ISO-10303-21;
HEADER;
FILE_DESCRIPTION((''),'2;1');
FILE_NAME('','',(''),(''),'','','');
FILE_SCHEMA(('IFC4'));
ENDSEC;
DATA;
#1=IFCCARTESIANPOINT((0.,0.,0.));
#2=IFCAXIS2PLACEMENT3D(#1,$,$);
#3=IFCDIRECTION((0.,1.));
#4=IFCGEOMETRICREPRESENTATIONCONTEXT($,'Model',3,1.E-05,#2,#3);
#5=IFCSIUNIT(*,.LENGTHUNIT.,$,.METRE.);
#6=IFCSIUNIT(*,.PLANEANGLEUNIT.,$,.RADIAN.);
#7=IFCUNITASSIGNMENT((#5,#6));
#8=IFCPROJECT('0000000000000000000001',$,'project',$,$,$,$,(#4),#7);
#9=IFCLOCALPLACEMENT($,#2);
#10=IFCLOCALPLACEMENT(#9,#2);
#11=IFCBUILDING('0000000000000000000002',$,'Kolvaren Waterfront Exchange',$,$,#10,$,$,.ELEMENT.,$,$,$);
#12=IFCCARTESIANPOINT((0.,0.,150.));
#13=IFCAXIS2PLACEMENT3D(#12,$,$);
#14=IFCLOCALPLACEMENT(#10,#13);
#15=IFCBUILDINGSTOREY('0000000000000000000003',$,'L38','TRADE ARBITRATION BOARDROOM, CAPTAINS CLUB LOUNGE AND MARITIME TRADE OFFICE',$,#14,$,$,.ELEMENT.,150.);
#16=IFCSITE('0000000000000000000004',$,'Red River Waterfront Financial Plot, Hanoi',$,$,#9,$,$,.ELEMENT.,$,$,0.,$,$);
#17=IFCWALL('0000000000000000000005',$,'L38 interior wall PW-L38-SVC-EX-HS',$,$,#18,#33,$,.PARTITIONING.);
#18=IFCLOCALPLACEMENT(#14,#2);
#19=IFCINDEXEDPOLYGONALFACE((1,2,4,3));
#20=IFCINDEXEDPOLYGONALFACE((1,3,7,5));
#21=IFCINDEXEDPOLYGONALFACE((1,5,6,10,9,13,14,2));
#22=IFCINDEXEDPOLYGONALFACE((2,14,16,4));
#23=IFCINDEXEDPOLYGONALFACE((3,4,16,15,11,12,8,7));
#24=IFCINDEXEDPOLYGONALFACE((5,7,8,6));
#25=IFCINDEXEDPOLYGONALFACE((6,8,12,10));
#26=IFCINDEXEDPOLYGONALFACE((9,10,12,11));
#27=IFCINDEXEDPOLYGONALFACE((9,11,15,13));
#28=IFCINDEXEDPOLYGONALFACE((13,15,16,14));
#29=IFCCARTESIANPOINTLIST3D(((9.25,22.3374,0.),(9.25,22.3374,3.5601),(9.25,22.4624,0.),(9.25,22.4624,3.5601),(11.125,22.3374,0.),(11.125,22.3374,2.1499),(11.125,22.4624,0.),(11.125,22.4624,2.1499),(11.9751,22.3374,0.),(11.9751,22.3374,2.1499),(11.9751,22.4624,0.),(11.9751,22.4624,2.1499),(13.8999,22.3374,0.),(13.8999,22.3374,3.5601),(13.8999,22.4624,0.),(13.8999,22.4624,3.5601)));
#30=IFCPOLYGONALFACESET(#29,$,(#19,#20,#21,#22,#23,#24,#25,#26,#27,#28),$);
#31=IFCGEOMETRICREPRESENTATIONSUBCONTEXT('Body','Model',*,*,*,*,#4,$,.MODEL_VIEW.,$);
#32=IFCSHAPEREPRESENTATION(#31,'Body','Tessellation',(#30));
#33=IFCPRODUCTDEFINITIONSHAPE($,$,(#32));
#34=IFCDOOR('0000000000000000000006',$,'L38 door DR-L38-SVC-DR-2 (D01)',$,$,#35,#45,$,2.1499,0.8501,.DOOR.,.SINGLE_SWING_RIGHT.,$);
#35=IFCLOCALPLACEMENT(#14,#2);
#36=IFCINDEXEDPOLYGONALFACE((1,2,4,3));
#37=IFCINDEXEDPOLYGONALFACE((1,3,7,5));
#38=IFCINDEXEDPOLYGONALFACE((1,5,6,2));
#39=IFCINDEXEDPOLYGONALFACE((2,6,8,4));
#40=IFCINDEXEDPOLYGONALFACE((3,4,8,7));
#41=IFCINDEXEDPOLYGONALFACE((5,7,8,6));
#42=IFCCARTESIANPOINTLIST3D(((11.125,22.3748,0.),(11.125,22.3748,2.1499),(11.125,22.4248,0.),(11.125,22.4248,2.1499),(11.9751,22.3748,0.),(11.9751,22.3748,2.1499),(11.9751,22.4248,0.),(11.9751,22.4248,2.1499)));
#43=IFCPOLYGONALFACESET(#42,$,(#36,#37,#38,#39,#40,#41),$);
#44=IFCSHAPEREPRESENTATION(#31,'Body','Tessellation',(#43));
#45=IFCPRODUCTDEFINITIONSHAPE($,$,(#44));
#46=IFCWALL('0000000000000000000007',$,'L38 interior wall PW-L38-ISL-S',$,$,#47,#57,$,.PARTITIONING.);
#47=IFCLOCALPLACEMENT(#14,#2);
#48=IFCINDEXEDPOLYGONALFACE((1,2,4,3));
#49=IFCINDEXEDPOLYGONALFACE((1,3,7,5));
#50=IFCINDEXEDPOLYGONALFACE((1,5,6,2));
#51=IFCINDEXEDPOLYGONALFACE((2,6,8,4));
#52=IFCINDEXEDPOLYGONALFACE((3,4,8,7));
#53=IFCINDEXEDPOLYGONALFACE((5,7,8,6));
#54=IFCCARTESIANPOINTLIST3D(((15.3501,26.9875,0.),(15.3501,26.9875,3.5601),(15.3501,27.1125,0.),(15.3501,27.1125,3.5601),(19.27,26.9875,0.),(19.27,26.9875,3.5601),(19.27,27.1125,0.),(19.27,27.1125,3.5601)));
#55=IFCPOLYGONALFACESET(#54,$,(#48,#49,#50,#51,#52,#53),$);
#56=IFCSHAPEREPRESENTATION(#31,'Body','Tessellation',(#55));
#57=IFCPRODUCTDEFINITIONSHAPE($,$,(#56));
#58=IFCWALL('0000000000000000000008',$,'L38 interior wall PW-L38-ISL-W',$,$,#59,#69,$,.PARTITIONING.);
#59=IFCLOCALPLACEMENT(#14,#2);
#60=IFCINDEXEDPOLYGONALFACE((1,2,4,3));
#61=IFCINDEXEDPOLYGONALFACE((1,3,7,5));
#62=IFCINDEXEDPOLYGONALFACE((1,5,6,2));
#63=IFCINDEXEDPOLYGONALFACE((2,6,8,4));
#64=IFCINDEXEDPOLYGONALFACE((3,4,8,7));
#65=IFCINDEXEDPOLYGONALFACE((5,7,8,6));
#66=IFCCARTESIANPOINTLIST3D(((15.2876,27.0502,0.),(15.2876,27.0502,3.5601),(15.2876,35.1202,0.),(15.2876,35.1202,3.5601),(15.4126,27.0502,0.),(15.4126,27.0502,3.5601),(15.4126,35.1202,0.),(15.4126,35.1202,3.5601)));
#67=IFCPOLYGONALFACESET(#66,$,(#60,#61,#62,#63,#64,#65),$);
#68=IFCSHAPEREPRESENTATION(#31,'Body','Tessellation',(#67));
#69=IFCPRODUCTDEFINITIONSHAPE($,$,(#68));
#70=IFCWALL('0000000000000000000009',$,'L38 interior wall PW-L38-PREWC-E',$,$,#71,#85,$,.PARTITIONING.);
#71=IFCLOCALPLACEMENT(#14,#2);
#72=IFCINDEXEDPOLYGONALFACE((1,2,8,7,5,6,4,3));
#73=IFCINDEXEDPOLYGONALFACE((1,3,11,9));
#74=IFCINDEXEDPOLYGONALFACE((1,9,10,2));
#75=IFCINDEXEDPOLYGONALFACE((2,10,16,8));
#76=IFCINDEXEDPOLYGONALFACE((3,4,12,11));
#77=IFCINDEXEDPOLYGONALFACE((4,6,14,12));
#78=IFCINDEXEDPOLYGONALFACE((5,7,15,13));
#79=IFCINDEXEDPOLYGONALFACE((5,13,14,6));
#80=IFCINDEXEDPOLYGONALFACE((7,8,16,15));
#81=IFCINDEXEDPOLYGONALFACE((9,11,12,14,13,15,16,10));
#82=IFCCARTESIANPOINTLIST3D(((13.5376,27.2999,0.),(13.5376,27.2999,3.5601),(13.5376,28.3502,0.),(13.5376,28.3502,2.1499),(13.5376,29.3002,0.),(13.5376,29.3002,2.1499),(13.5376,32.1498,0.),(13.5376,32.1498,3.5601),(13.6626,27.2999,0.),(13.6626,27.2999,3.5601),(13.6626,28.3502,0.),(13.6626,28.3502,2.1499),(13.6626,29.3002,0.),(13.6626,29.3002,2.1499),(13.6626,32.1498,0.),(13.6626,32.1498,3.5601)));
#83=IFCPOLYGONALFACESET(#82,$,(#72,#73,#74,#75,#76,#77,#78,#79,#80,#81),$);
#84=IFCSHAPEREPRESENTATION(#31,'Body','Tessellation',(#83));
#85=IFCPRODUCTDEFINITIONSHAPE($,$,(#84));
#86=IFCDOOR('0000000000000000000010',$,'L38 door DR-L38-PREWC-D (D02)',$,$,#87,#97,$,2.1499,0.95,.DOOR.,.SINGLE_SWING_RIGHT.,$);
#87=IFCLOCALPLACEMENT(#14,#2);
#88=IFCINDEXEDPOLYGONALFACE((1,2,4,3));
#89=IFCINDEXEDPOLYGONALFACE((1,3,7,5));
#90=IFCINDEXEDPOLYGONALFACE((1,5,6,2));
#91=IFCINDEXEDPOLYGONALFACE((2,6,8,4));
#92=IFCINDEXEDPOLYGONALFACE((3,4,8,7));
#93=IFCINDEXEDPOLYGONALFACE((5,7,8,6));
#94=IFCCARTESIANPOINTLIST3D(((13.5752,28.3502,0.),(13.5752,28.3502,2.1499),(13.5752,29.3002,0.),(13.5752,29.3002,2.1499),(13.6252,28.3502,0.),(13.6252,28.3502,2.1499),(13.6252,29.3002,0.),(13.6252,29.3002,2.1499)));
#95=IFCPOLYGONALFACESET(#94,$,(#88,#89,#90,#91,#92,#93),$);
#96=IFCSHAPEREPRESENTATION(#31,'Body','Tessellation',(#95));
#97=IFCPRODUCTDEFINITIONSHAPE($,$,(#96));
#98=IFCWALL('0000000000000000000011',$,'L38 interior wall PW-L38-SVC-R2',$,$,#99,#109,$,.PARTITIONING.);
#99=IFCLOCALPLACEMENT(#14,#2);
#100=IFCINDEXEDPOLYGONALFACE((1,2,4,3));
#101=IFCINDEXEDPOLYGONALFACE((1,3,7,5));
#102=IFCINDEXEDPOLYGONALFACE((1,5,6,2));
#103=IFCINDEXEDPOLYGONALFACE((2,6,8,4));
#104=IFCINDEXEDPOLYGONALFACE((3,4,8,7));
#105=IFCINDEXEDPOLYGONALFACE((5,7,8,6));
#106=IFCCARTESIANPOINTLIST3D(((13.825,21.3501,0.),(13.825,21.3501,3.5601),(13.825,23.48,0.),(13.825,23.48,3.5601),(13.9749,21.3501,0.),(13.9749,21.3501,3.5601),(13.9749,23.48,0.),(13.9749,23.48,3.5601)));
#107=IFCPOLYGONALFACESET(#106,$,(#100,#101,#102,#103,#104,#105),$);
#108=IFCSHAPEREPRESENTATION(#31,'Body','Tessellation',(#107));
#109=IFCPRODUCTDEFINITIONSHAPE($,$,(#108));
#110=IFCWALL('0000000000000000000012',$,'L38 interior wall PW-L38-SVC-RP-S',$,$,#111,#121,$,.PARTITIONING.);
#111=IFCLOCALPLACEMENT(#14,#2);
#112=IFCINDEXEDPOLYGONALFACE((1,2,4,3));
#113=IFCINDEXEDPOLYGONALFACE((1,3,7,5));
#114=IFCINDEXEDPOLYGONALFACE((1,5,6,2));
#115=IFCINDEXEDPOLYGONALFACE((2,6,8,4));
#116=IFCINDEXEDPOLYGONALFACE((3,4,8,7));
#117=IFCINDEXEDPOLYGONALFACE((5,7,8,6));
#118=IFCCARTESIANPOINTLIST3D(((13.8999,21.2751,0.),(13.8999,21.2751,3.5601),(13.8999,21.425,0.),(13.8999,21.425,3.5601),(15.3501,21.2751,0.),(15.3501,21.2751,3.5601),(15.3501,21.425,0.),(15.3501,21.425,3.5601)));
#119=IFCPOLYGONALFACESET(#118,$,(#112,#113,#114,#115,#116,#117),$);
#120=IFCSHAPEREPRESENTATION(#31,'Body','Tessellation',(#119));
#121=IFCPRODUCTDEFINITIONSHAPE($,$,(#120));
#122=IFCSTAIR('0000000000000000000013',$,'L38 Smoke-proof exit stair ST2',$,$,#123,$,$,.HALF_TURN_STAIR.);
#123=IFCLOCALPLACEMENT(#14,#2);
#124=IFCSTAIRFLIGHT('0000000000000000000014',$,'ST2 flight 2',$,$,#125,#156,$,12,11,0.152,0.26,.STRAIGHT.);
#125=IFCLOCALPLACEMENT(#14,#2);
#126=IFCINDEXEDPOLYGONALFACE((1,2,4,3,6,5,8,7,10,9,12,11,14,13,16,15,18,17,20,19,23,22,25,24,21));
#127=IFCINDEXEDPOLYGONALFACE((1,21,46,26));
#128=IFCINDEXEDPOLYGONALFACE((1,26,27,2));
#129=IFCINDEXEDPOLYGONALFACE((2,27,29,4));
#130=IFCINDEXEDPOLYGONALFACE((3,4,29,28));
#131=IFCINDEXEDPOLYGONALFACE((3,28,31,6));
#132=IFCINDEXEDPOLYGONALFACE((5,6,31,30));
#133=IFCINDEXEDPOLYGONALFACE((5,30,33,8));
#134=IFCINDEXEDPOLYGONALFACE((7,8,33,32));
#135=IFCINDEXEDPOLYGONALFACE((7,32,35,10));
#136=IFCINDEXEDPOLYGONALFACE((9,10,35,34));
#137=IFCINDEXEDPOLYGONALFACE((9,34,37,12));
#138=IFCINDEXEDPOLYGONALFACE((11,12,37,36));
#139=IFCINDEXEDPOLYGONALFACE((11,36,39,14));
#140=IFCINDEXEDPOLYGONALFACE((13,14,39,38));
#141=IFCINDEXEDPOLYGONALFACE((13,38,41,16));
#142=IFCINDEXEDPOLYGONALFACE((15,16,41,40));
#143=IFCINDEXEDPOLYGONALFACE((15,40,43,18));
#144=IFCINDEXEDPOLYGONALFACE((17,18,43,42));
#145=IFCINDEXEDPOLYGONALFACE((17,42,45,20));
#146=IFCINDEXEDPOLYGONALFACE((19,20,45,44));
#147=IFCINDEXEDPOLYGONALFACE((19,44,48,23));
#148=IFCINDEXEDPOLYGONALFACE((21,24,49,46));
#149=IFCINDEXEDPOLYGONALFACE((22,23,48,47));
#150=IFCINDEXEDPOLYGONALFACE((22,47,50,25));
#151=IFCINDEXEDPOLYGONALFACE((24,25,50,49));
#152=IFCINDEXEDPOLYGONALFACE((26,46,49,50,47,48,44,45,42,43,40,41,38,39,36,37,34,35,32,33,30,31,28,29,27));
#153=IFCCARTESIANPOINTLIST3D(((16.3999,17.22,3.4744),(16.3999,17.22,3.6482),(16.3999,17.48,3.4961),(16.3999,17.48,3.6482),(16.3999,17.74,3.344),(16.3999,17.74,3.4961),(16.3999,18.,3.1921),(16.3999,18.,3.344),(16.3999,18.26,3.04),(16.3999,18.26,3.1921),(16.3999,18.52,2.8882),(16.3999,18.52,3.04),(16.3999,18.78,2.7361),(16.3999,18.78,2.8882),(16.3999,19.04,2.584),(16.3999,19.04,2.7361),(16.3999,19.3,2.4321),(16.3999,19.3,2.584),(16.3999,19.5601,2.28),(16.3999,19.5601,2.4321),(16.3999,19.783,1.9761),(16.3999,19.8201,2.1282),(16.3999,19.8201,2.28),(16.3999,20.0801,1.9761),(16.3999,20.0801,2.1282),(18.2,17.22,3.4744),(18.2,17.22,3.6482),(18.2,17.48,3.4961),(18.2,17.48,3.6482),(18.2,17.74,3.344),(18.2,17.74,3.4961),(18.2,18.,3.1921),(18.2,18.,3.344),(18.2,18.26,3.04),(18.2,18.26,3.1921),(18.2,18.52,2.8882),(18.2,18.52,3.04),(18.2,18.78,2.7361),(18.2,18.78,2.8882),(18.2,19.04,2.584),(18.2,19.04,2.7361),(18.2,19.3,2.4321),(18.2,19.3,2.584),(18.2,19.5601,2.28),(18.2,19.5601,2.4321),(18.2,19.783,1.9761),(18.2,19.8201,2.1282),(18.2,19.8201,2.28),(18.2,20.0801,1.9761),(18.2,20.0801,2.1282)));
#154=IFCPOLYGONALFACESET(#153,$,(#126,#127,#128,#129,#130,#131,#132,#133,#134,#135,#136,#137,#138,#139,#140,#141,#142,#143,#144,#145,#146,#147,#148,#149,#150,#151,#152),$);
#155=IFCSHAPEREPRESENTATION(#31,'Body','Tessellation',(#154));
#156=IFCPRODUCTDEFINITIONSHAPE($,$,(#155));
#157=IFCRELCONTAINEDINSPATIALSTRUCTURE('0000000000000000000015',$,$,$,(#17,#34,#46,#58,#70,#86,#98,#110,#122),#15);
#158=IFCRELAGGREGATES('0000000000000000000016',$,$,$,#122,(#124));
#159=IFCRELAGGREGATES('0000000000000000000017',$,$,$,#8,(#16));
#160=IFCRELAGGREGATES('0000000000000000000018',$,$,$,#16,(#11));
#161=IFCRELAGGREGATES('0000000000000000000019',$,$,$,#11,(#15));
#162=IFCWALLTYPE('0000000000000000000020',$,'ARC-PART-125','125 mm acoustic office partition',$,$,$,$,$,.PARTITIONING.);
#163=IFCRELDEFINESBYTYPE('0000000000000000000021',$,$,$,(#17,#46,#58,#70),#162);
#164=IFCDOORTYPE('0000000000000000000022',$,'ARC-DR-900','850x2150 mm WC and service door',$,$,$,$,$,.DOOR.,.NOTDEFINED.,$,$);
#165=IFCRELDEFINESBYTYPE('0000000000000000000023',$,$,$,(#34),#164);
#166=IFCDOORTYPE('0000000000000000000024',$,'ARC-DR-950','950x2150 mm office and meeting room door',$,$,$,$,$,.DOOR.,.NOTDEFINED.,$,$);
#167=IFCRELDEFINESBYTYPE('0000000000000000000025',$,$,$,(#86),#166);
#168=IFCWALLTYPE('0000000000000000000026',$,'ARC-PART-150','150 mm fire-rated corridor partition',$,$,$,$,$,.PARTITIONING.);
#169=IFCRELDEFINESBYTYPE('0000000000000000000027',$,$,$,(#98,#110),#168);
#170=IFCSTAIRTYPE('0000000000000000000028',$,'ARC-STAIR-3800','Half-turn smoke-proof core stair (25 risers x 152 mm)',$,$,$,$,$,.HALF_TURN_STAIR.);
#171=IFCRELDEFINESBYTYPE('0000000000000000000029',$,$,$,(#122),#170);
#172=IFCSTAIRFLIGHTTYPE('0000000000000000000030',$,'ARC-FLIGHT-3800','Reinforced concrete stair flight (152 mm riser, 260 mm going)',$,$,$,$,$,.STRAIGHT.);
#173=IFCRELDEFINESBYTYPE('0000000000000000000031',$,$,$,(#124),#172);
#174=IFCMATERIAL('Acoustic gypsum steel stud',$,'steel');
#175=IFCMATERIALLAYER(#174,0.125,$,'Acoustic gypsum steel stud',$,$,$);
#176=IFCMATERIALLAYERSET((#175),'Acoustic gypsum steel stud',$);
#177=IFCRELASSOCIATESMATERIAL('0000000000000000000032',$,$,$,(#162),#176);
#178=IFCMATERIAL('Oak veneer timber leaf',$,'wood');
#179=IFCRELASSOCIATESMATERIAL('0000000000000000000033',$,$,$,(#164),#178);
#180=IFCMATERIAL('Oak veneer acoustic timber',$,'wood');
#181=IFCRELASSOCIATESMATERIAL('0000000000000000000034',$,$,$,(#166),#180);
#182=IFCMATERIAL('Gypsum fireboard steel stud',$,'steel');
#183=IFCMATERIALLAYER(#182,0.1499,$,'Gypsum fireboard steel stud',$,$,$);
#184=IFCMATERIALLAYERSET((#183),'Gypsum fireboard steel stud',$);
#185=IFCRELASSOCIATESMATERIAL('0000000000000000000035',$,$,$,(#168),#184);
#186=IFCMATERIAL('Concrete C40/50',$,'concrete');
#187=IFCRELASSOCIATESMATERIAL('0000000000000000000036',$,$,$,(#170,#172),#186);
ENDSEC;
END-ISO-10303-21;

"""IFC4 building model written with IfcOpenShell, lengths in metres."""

from ifc_helpers import new_model, si_unit, direction, frame, frame_2d, origin, place, context, subcontext, project, spatial, polyline, rectangle, outline, extrude, material, layer, layer_set, type_object, element, fill, aggregate, save


model = new_model("IFC4")

# Units and contexts
model_context = context("Model", 3, precision=1e-05, world=origin(), true_north=direction((0.0, 1.0)))
body_context = subcontext(model_context, "Body", "Model", "MODEL_VIEW")
ifc_project = project(units=[si_unit("LENGTHUNIT", "METRE"), si_unit("PLANEANGLEUNIT", "RADIAN")], contexts=[model_context])

# Site, building, storey
site_placement = place(None, origin())
site = spatial("IfcSite", under=ifc_project, at=site_placement, Name="Red River Waterfront Financial Plot, Hanoi", CompositionType="ELEMENT", RefElevation=0.0)
building_placement = place(site_placement, origin())
building = spatial("IfcBuilding", under=site, at=building_placement, Name="Kolvaren Waterfront Exchange", CompositionType="ELEMENT")
storey_placement = place(building_placement, frame((0.0, 0.0, 150.0)))
storey = spatial("IfcBuildingStorey", under=building, at=storey_placement, Name="L38", Description="TRADE ARBITRATION BOARDROOM, CAPTAINS CLUB LOUNGE AND MARITIME TRADE OFFICE", CompositionType="ELEMENT", Elevation=150.0)

# Wall, opening, door
ifc_material_1 = material(Name="Acoustic gypsum steel stud", Category="steel")
ifc_layer_1 = layer(ifc_material_1, 0.125, Name="Acoustic gypsum steel stud")
ifc_layer_set_1 = layer_set([ifc_layer_1], Name="Acoustic gypsum steel stud")
wall_type_1 = type_object("IfcWallType", Name="ARC-PART-125", Description="125 mm acoustic office partition", PredefinedType="PARTITIONING", material=ifc_layer_set_1)
wall_1_placement = place(storey_placement, frame((9.25, 22.3999, 0.0), z_axis=(0.0, 0.0, 1.0), x_axis=(1.0, 0.0, 0.0)))
wall_1 = element("IfcWall", 1, at=wall_1_placement, inside=storey, type_object=wall_type_1, Name="L38 interior wall PW-L38-SVC-EX-HS", PredefinedType="PARTITIONING", context=body_context, shape_type="SweptSolid", body=[
    extrude(rectangle(XDim=4.6499, YDim=0.125, at=frame_2d((2.325, 0.0))), origin(), (0.0, 0.0, 1.0), 3.5601),
])
opening_1_placement = place(wall_1_placement, frame((1.875, 0.0, 0.0)))
opening_1 = element("IfcOpeningElement", 2, at=opening_1_placement, cuts=wall_1, PredefinedType="OPENING", context=body_context, shape_type="SweptSolid", body=[
    extrude(rectangle(XDim=0.8501, YDim=2.1499, at=frame_2d((0.425, 1.075))), frame((0.0, 0.0725, 0.0), z_axis=(0.0, -1.0, 0.0), x_axis=(1.0, 0.0, 0.0)), (0.0, 0.0, 1.0), 0.145),
])
ifc_material_2 = material(Name="Oak veneer timber leaf", Category="wood")
door_type_1 = type_object("IfcDoorType", Name="ARC-DR-900", Description="850x2150 mm WC and service door", OperationType="NOTDEFINED", PredefinedType="DOOR", material=ifc_material_2)
door_1_placement = place(opening_1_placement, origin())
door_1 = element("IfcDoor", 3, at=door_1_placement, inside=storey, type_object=door_type_1, Name="L38 door DR-L38-SVC-DR-2 (D01)", OperationType="SINGLE_SWING_RIGHT", OverallHeight=2.1499, OverallWidth=0.8501, PredefinedType="DOOR", context=body_context, shape_type="SweptSolid", body=[
    extrude(rectangle(XDim=0.8501, YDim=2.1499, at=frame_2d((0.425, 1.075))), frame((0.0, 0.0249, 0.0), z_axis=(0.0, -1.0, 0.0), x_axis=(1.0, 0.0, 0.0)), (0.0, 0.0, 1.0), 0.05),
])
fill(opening_1, door_1)

# Walls
wall_2_placement = place(storey_placement, frame((15.3501, 27.05, 0.0), z_axis=(0.0, 0.0, 1.0), x_axis=(1.0, 0.0, 0.0)))
element("IfcWall", 4, at=wall_2_placement, inside=storey, type_object=wall_type_1, Name="L38 interior wall PW-L38-ISL-S", PredefinedType="PARTITIONING", context=body_context, shape_type="SweptSolid", body=[
    extrude(rectangle(XDim=3.9199, YDim=0.125, at=frame_2d((1.96, 0.0))), origin(), (0.0, 0.0, 1.0), 3.5601),
])
wall_3_placement = place(storey_placement, frame((15.3501, 27.05, 0.0), z_axis=(0.0, 0.0, 1.0), x_axis=(0.0, 1.0, 0.0)))
element("IfcWall", 5, at=wall_3_placement, inside=storey, type_object=wall_type_1, Name="L38 interior wall PW-L38-ISL-W", PredefinedType="PARTITIONING", context=body_context, shape_type="SweptSolid", body=[
    extrude(rectangle(XDim=8.0701, YDim=0.125, at=frame_2d((4.0352, 0.0))), origin(), (0.0, 0.0, 1.0), 3.5601),
])

# Wall, opening, door
wall_4_placement = place(storey_placement, frame((13.6001, 27.3, 0.0), z_axis=(0.0, 0.0, 1.0), x_axis=(0.0, 1.0, 0.0)))
wall_4 = element("IfcWall", 6, at=wall_4_placement, inside=storey, type_object=wall_type_1, Name="L38 interior wall PW-L38-PREWC-E", PredefinedType="PARTITIONING", context=body_context, shape_type="SweptSolid", body=[
    extrude(rectangle(XDim=4.8499, YDim=0.125, at=frame_2d((2.4248, 0.0))), origin(), (0.0, 0.0, 1.0), 3.5601),
])
opening_2_placement = place(wall_4_placement, frame((1.05, 0.0, 0.0)))
opening_2 = element("IfcOpeningElement", 7, at=opening_2_placement, cuts=wall_4, PredefinedType="OPENING", context=body_context, shape_type="SweptSolid", body=[
    extrude(rectangle(XDim=0.95, YDim=2.1499, at=frame_2d((0.4751, 1.075))), frame((0.0, 0.0725, 0.0), z_axis=(0.0, -1.0, 0.0), x_axis=(1.0, 0.0, 0.0)), (0.0, 0.0, 1.0), 0.145),
])
ifc_material_3 = material(Name="Oak veneer acoustic timber", Category="wood")
door_type_2 = type_object("IfcDoorType", Name="ARC-DR-950", Description="950x2150 mm office and meeting room door", OperationType="NOTDEFINED", PredefinedType="DOOR", material=ifc_material_3)
door_2_placement = place(opening_2_placement, origin())
door_2 = element("IfcDoor", 8, at=door_2_placement, inside=storey, type_object=door_type_2, Name="L38 door DR-L38-PREWC-D (D02)", OperationType="SINGLE_SWING_RIGHT", OverallHeight=2.1499, OverallWidth=0.95, PredefinedType="DOOR", context=body_context, shape_type="SweptSolid", body=[
    extrude(rectangle(XDim=0.95, YDim=2.1499, at=frame_2d((0.4751, 1.075))), frame((0.0, 0.0249, 0.0), z_axis=(0.0, -1.0, 0.0), x_axis=(1.0, 0.0, 0.0)), (0.0, 0.0, 1.0), 0.05),
])
fill(opening_2, door_2)

# Walls
ifc_material_4 = material(Name="Gypsum fireboard steel stud", Category="steel")
ifc_layer_2 = layer(ifc_material_4, 0.1499, Name="Gypsum fireboard steel stud")
ifc_layer_set_2 = layer_set([ifc_layer_2], Name="Gypsum fireboard steel stud")
wall_type_2 = type_object("IfcWallType", Name="ARC-PART-150", Description="150 mm fire-rated corridor partition", PredefinedType="PARTITIONING", material=ifc_layer_set_2)
wall_5_placement = place(storey_placement, frame((13.8999, 21.3501, 0.0), z_axis=(0.0, 0.0, 1.0), x_axis=(0.0, 1.0, 0.0)))
element("IfcWall", 9, at=wall_5_placement, inside=storey, type_object=wall_type_2, Name="L38 interior wall PW-L38-SVC-R2", PredefinedType="PARTITIONING", context=body_context, shape_type="SweptSolid", body=[
    extrude(rectangle(XDim=2.1299, YDim=0.1499, at=frame_2d((1.0649, 0.0))), origin(), (0.0, 0.0, 1.0), 3.5601),
])
wall_6_placement = place(storey_placement, frame((13.8999, 21.3501, 0.0), z_axis=(0.0, 0.0, 1.0), x_axis=(1.0, 0.0, 0.0)))
element("IfcWall", 10, at=wall_6_placement, inside=storey, type_object=wall_type_2, Name="L38 interior wall PW-L38-SVC-RP-S", PredefinedType="PARTITIONING", context=body_context, shape_type="SweptSolid", body=[
    extrude(rectangle(XDim=1.4502, YDim=0.1499, at=frame_2d((0.7251, 0.0))), origin(), (0.0, 0.0, 1.0), 3.5601),
])

# Stair, stair flight
ifc_material_5 = material(Name="Concrete C40/50", Category="concrete")
stair_type = type_object("IfcStairType", Name="ARC-STAIR-3800", Description="Half-turn smoke-proof core stair (25 risers x 152 mm)", PredefinedType="HALF_TURN_STAIR", material=ifc_material_5)
stair_placement = place(storey_placement, origin())
stair = element("IfcStair", 11, at=stair_placement, inside=storey, type_object=stair_type, Name="L38 Smoke-proof exit stair ST2", PredefinedType="HALF_TURN_STAIR")
stair_flight_type = type_object("IfcStairFlightType", Name="ARC-FLIGHT-3800", Description="Reinforced concrete stair flight (152 mm riser, 260 mm going)", PredefinedType="STRAIGHT", material=ifc_material_5)
stair_flight_placement = place(storey_placement, frame((17.3, 20.0801, 1.9761), z_axis=(0.0, 0.0, 1.0), x_axis=(0.0, -1.0, 0.0)))
stair_flight = element("IfcStairFlight", 12, at=stair_flight_placement, type_object=stair_flight_type, Name="ST2 flight 2", NumberOfRisers=12, NumberOfTreads=11, PredefinedType="STRAIGHT", RiserHeight=0.152, TreadLength=0.26, context=body_context, shape_type="SweptSolid", body=[
    extrude(outline(polyline([(0.0, 0.0), (0.0, 0.1521), (0.26, 0.1521), (0.26, 0.304), (0.52, 0.304), (0.52, 0.4561), (0.78, 0.4561), (0.78, 0.6079), (1.04, 0.6079), (1.04, 0.76), (1.3, 0.76), (1.3, 0.9121), (1.5601, 0.9121), (1.5601, 1.064), (1.8201, 1.064), (1.8201, 1.2161), (2.0801, 1.2161), (2.0801, 1.3679), (2.3401, 1.3679), (2.3401, 1.52), (2.6001, 1.52), (2.6001, 1.6721), (2.8601, 1.6721), (2.8601, 1.824), (2.8601, 1.4983), (0.2971, 0.0), (0.0, 0.0)])), frame((0.0, 0.8999, 0.0), z_axis=(0.0, -1.0, 0.0), x_axis=(1.0, 0.0, 0.0)), (0.0, 0.0, 1.0), 1.8),
])
aggregate(stair, [stair_flight])

save(model, "model.ifc")
